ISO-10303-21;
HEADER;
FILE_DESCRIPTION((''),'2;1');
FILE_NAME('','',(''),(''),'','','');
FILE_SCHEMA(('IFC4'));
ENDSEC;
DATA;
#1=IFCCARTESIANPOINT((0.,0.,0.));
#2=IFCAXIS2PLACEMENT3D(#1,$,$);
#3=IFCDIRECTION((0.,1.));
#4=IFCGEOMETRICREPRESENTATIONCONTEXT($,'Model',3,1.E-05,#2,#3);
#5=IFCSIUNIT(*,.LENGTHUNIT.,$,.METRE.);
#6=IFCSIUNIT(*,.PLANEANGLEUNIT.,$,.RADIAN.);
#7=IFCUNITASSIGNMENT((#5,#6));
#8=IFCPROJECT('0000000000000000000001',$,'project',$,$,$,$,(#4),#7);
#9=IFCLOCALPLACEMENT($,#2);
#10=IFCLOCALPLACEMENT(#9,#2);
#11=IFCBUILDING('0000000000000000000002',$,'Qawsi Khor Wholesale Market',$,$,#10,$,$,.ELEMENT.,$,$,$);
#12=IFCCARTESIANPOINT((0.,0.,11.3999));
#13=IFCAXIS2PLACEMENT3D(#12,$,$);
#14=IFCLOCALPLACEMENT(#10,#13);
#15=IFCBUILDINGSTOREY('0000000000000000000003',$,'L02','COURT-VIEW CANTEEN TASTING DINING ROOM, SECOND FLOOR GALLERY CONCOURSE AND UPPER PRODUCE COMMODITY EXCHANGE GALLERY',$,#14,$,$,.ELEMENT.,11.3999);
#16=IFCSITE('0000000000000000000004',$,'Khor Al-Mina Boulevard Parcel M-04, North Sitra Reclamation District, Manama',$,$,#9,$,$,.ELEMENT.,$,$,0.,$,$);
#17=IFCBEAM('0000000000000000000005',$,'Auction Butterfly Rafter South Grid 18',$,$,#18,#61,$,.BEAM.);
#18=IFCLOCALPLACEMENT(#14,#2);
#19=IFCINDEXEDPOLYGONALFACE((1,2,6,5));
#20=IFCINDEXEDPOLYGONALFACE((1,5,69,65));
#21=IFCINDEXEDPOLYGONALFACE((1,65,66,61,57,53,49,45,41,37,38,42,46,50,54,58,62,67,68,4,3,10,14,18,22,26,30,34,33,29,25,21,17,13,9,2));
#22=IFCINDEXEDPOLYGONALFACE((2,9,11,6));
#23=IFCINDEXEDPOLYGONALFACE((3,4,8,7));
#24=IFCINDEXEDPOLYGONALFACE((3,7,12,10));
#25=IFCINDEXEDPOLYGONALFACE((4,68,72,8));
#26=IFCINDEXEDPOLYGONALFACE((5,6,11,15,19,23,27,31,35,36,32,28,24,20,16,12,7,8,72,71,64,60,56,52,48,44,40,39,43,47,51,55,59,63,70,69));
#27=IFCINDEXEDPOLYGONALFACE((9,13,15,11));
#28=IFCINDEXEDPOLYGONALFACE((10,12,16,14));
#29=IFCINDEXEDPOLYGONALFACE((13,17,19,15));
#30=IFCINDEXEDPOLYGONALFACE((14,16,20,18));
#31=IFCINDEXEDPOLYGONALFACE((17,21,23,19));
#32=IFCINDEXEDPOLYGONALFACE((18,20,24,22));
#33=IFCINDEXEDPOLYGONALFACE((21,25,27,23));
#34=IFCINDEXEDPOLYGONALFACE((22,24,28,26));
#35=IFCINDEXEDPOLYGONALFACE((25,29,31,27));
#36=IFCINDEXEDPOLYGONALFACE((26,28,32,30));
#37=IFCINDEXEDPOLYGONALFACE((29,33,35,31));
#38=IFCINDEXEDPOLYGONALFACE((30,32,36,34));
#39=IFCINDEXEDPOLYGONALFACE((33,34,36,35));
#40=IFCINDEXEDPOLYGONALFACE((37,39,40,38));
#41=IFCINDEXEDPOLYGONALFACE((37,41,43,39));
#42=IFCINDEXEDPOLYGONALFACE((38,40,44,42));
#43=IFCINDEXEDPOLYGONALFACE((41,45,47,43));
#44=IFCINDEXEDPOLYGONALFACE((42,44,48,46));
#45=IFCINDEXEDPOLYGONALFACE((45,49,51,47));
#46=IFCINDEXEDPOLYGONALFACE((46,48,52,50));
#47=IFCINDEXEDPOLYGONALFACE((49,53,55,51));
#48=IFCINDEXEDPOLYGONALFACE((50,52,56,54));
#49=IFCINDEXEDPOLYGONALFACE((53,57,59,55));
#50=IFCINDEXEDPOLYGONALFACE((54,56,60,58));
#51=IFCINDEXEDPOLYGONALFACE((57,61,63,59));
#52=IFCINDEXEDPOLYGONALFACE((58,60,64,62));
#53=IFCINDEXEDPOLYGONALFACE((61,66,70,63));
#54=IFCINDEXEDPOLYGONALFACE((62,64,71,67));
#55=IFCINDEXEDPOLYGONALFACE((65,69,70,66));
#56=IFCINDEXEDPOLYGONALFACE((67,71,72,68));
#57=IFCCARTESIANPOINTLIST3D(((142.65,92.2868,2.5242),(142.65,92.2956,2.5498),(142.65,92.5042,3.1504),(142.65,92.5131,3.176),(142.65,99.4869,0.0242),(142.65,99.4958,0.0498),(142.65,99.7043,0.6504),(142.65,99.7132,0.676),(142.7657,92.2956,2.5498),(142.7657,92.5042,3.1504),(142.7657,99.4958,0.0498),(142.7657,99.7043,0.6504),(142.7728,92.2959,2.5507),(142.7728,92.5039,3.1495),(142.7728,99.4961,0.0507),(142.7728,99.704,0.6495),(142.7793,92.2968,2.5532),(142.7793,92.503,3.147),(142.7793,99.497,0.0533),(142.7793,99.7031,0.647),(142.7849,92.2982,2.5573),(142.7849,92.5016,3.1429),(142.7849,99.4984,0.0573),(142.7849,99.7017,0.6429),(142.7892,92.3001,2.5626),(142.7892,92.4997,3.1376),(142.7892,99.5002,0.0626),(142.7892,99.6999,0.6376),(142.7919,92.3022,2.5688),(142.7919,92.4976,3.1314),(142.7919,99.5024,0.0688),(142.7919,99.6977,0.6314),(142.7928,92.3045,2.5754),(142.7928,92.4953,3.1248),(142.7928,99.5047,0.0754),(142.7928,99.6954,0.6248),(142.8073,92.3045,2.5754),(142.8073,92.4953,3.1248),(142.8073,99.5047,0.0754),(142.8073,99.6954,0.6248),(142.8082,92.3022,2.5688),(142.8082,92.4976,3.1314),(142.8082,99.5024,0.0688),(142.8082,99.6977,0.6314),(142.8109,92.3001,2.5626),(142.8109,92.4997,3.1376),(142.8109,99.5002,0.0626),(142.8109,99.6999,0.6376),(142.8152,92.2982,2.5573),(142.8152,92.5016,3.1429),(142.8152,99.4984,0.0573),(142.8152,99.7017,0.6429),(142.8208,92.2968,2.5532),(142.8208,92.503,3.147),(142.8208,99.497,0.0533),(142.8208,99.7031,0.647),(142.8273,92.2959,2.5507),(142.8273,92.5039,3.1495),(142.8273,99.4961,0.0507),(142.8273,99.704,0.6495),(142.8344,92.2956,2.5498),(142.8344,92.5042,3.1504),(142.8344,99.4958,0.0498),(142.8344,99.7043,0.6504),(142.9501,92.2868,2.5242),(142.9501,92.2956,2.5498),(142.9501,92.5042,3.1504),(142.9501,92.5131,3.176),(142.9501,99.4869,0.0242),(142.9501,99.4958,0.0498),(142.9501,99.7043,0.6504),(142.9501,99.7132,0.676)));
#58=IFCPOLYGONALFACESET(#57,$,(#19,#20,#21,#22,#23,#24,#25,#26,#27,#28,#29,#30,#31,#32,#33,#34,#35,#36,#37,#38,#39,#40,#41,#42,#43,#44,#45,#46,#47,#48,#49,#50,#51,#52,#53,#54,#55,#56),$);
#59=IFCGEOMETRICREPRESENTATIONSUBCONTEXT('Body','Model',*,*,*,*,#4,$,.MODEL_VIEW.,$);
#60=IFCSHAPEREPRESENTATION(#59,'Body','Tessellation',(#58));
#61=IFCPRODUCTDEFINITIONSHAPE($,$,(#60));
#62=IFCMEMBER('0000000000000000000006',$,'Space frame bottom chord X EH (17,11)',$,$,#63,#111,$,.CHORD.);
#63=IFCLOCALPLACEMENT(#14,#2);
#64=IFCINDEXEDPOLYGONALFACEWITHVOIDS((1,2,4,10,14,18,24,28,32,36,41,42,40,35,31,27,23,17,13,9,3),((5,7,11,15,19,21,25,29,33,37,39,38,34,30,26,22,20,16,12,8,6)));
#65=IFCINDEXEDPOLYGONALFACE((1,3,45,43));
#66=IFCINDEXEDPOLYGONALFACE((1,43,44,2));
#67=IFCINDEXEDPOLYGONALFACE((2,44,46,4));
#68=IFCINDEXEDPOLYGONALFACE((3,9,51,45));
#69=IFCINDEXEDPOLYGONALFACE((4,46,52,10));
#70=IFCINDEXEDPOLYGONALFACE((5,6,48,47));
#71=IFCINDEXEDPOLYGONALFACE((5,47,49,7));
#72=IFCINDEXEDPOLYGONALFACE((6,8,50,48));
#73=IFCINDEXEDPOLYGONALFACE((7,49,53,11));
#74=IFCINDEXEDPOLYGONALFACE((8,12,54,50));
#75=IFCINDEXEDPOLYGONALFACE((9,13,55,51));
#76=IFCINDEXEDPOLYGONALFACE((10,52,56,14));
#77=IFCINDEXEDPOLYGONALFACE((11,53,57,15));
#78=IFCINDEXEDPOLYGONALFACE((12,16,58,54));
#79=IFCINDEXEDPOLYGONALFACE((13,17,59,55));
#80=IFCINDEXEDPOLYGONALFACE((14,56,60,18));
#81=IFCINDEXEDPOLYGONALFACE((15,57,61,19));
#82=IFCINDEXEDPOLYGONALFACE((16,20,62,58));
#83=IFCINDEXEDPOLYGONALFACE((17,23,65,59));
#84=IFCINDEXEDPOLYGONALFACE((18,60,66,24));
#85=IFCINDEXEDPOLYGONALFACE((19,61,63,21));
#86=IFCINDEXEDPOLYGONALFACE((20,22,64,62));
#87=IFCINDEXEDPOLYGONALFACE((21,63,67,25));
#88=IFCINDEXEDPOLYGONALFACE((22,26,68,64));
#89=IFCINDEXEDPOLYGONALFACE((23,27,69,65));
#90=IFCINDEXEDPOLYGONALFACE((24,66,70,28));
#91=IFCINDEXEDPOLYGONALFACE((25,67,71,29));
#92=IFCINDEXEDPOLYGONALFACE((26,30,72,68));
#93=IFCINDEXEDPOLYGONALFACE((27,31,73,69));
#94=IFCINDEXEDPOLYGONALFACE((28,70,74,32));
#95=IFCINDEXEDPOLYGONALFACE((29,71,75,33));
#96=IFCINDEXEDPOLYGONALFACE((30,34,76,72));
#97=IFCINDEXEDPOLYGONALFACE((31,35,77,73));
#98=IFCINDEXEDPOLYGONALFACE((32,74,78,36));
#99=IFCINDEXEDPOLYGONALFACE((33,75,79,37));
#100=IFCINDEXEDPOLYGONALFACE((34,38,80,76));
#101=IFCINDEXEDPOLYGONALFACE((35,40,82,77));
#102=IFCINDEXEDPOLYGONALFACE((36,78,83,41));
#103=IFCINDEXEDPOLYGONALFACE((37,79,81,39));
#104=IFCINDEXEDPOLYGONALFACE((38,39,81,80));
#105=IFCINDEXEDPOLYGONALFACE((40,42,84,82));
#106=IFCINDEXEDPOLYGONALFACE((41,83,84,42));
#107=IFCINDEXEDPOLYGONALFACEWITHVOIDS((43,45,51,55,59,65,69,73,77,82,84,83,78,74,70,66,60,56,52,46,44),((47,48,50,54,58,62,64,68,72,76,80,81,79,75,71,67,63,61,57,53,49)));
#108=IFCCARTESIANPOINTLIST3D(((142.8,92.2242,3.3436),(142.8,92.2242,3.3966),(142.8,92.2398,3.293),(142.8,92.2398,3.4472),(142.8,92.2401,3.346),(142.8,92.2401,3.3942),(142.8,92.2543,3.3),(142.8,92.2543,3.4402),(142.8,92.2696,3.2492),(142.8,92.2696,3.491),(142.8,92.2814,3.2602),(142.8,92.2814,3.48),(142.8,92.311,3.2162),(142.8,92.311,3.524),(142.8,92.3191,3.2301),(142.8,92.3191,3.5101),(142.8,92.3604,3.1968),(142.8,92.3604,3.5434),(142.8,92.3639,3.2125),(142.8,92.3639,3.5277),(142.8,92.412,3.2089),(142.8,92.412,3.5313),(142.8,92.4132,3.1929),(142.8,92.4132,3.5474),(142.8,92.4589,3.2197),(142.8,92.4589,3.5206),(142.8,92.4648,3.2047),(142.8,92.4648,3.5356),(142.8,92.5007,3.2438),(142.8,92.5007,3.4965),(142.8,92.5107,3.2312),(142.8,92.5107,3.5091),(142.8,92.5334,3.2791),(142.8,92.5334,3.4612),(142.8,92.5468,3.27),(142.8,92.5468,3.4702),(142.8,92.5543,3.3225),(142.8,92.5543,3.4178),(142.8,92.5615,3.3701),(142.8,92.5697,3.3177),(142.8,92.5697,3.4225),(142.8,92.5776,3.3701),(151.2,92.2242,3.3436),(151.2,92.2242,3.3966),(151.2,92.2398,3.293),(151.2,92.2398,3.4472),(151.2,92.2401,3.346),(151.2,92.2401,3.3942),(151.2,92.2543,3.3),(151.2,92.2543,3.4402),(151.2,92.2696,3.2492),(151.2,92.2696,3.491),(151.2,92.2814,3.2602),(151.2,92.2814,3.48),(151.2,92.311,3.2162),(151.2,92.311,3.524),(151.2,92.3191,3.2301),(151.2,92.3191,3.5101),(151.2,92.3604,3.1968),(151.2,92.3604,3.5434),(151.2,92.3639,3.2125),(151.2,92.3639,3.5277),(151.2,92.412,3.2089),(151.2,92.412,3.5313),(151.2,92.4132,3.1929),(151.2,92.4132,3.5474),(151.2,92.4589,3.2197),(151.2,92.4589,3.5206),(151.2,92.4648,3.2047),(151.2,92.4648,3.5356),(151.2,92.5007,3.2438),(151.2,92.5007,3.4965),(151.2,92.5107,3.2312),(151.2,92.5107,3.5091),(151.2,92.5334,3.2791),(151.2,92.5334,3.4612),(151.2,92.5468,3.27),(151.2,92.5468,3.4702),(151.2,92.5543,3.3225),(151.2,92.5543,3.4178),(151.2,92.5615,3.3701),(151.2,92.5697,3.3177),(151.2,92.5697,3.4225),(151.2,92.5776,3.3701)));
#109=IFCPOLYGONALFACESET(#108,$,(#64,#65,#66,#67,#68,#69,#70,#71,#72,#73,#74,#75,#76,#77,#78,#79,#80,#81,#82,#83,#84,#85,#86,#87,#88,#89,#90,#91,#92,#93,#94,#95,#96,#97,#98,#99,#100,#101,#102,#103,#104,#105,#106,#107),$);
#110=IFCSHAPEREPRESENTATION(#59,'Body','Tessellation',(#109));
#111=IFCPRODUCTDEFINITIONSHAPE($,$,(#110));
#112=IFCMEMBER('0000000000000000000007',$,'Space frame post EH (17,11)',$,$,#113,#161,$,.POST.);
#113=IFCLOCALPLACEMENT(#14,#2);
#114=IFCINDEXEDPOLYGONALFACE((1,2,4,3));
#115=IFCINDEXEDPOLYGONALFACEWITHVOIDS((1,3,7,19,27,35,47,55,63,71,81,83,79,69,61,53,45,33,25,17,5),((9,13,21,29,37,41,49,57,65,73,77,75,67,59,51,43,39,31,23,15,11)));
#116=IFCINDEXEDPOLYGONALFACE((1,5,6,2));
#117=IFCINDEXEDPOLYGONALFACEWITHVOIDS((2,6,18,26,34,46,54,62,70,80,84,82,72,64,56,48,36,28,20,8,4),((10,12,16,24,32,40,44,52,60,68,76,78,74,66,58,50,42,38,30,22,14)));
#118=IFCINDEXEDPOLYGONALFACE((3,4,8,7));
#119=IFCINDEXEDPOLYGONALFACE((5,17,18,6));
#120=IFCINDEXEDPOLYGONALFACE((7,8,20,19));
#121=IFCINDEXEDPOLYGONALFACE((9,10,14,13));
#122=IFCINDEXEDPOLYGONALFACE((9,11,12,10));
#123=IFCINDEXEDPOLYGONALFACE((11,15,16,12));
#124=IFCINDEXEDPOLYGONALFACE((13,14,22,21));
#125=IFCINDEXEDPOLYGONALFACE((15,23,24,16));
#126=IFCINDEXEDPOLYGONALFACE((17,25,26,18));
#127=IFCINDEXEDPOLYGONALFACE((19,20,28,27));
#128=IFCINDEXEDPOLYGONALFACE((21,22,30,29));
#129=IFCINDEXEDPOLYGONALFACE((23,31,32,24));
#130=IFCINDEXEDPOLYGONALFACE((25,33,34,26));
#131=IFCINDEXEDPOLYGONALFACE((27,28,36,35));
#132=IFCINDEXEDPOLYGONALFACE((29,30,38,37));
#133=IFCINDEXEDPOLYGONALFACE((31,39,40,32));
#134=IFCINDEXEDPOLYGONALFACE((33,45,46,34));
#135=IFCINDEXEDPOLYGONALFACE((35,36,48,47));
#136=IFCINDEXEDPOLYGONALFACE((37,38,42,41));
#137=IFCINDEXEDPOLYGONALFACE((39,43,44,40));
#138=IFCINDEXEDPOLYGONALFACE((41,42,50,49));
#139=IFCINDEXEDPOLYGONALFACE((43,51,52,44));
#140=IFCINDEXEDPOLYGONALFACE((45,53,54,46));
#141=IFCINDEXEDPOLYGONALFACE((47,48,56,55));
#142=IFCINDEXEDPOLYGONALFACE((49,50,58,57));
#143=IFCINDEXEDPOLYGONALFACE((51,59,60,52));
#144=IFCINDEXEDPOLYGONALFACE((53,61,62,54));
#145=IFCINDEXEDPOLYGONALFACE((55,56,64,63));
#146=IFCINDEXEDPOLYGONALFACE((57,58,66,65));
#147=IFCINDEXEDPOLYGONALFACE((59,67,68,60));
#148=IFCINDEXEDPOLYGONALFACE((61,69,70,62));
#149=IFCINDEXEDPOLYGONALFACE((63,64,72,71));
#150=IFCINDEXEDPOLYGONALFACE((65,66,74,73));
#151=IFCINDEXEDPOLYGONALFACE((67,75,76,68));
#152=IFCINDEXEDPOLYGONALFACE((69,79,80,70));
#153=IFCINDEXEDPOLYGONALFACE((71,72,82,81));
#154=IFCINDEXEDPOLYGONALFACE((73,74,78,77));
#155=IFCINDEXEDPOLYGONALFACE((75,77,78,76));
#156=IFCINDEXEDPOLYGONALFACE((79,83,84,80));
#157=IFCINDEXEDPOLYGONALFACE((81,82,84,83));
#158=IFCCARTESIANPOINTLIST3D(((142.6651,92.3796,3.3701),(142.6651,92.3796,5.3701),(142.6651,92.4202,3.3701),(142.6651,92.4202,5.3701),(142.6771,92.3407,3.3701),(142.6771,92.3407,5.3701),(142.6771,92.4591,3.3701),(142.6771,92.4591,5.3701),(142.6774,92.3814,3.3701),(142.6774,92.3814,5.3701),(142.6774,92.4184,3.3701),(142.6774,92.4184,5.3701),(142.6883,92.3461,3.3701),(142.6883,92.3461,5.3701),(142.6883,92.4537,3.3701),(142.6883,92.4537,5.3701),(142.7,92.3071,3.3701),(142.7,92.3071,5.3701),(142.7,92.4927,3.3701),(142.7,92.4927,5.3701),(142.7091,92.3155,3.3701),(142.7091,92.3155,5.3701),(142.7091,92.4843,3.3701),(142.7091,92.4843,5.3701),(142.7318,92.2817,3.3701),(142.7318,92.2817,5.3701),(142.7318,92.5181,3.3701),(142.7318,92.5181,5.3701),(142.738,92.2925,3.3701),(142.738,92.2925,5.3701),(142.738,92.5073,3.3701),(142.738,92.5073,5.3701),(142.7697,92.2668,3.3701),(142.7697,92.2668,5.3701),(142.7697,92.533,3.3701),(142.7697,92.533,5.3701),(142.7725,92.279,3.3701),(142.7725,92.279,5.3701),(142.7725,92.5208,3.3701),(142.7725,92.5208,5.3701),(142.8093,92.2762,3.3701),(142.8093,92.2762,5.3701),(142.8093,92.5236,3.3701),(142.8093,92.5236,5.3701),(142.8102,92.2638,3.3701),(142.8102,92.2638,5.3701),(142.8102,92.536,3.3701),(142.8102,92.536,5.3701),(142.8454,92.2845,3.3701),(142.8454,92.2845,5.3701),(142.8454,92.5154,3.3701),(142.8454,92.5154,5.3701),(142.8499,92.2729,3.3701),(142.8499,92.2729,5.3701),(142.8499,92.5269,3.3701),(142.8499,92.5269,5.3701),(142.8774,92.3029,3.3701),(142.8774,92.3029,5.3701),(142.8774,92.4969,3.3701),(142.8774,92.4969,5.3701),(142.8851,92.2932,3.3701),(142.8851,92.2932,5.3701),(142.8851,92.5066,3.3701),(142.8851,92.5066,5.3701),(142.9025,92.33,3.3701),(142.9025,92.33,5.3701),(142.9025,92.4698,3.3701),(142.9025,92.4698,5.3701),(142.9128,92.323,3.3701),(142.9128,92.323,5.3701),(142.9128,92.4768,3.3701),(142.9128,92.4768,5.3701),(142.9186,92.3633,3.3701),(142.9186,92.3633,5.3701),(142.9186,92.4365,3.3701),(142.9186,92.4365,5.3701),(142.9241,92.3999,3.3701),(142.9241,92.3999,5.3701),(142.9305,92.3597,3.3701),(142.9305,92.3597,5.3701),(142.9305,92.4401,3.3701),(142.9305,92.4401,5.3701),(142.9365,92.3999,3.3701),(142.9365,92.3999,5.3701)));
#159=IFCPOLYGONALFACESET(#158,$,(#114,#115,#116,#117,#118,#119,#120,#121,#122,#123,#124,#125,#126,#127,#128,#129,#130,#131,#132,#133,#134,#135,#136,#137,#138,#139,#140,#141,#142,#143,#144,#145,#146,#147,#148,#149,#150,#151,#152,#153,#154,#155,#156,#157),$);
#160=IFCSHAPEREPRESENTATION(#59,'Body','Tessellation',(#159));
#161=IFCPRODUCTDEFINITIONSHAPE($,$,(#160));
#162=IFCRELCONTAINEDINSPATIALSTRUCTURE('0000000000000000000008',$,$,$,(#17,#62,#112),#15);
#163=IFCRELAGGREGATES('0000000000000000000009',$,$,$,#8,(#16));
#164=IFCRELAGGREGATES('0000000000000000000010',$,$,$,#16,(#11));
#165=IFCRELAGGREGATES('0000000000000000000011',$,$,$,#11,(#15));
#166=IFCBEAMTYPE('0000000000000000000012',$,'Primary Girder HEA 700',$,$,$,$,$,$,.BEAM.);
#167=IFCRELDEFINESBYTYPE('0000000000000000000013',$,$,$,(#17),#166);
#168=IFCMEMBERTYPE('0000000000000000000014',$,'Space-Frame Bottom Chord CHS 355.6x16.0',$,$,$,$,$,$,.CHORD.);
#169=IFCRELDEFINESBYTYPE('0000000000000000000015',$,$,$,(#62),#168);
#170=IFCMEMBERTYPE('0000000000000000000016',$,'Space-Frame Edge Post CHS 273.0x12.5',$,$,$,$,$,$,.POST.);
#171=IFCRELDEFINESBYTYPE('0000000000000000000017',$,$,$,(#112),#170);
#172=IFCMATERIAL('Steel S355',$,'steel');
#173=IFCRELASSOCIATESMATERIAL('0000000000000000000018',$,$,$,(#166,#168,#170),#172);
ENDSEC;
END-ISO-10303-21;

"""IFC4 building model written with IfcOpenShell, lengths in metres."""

from ifc_helpers import new_model, si_unit, direction, frame, origin, origin_2d, place, context, subcontext, project, spatial, hollow_circle, i_section, extrude, material, material_profile, profile_set, type_object, element, save


model = new_model("IFC4")

# Units and contexts
model_context = context("Model", 3, precision=1e-05, world=origin(), true_north=direction((0.0, 1.0)))
body_context = subcontext(model_context, "Body", "Model", "MODEL_VIEW")
ifc_project = project(units=[si_unit("LENGTHUNIT", "METRE"), si_unit("PLANEANGLEUNIT", "RADIAN")], contexts=[model_context])

# Site, building, storey
site_placement = place(None, origin())
site = spatial("IfcSite", under=ifc_project, at=site_placement, Name="Khor Al-Mina Boulevard Parcel M-04, North Sitra Reclamation District, Manama", CompositionType="ELEMENT", RefElevation=0.0)
building_placement = place(site_placement, origin())
building = spatial("IfcBuilding", under=site, at=building_placement, Name="Qawsi Khor Wholesale Market", CompositionType="ELEMENT")
storey_placement = place(building_placement, frame((0.0, 0.0, 11.3999)))
storey = spatial("IfcBuildingStorey", under=building, at=storey_placement, Name="L02", Description="COURT-VIEW CANTEEN TASTING DINING ROOM, SECOND FLOOR GALLERY CONCOURSE AND UPPER PRODUCE COMMODITY EXCHANGE GALLERY", CompositionType="ELEMENT", Elevation=11.3999)

# Shared definitions
ifc_material_1 = material(Name="Steel S355", Category="steel")

# Beam
ifc_material_profile_1 = material_profile(ifc_material_1, i_section(OverallWidth=0.3, OverallDepth=0.6899, WebThickness=0.0144, FlangeThickness=0.0271, FilletRadius=0.0271, at=origin_2d()), Name="HEA 700")
ifc_profile_set_1 = profile_set([ifc_material_profile_1], Name="Steel S355")
beam_type = type_object("IfcBeamType", Name="Primary Girder HEA 700", PredefinedType="BEAM", material=ifc_profile_set_1)
for number, where, z_axis, x_axis, name in (
    (1, (142.8, 92.3999, 2.8501), (0.0, 0.944676, -0.328004), (-1.0, 0.0, 0.0), "Auction Butterfly Rafter South Grid 18"),
):
    element("IfcBeam", number, at=place(storey_placement, frame(where, z_axis=z_axis, x_axis=x_axis)), inside=storey, type_object=beam_type, Name=name, PredefinedType="BEAM", context=body_context, shape_type="SweptSolid", body=[
        extrude(i_section(OverallWidth=0.3, OverallDepth=0.6899, WebThickness=0.0144, FlangeThickness=0.0271, FilletRadius=0.0271, at=origin_2d()), origin(), (0.0, 0.0, 1.0), 7.6218),
    ])

# Members
ifc_material_profile_2 = material_profile(ifc_material_1, hollow_circle(Radius=0.1777, WallThickness=0.0161, at=origin_2d()), Name="CHS 355.6x16.0")
ifc_profile_set_2 = profile_set([ifc_material_profile_2], Name="Steel S355")
member_type_1 = type_object("IfcMemberType", Name="Space-Frame Bottom Chord CHS 355.6x16.0", PredefinedType="CHORD", material=ifc_profile_set_2)
member_1_placement = place(storey_placement, frame((142.8, 92.3999, 3.3701), z_axis=(1.0, 0.0, 0.0), x_axis=(0.0, 1.0, 0.0)))
element("IfcMember", 2, at=member_1_placement, inside=storey, type_object=member_type_1, Name="Space frame bottom chord X EH (17,11)", PredefinedType="CHORD", context=body_context, shape_type="SweptSolid", body=[
    extrude(hollow_circle(Radius=0.1777, WallThickness=0.0161, at=origin_2d()), origin(), (0.0, 0.0, 1.0), 8.3999),
])
ifc_material_profile_3 = material_profile(ifc_material_1, hollow_circle(Radius=0.1365, WallThickness=0.0125, at=origin_2d()), Name="CHS 273.0x12.5")
ifc_profile_set_3 = profile_set([ifc_material_profile_3], Name="Steel S355")
member_type_2 = type_object("IfcMemberType", Name="Space-Frame Edge Post CHS 273.0x12.5", PredefinedType="POST", material=ifc_profile_set_3)
member_2_placement = place(storey_placement, frame((142.8, 92.3999, 3.3701), z_axis=(0.0, 0.0, 1.0), x_axis=(1.0, 0.0, 0.0)))
element("IfcMember", 3, at=member_2_placement, inside=storey, type_object=member_type_2, Name="Space frame post EH (17,11)", PredefinedType="POST", context=body_context, shape_type="SweptSolid", body=[
    extrude(hollow_circle(Radius=0.1365, WallThickness=0.0125, at=origin_2d()), origin(), (0.0, 0.0, 1.0), 2.0),
])

save(model, "model.ifc")
